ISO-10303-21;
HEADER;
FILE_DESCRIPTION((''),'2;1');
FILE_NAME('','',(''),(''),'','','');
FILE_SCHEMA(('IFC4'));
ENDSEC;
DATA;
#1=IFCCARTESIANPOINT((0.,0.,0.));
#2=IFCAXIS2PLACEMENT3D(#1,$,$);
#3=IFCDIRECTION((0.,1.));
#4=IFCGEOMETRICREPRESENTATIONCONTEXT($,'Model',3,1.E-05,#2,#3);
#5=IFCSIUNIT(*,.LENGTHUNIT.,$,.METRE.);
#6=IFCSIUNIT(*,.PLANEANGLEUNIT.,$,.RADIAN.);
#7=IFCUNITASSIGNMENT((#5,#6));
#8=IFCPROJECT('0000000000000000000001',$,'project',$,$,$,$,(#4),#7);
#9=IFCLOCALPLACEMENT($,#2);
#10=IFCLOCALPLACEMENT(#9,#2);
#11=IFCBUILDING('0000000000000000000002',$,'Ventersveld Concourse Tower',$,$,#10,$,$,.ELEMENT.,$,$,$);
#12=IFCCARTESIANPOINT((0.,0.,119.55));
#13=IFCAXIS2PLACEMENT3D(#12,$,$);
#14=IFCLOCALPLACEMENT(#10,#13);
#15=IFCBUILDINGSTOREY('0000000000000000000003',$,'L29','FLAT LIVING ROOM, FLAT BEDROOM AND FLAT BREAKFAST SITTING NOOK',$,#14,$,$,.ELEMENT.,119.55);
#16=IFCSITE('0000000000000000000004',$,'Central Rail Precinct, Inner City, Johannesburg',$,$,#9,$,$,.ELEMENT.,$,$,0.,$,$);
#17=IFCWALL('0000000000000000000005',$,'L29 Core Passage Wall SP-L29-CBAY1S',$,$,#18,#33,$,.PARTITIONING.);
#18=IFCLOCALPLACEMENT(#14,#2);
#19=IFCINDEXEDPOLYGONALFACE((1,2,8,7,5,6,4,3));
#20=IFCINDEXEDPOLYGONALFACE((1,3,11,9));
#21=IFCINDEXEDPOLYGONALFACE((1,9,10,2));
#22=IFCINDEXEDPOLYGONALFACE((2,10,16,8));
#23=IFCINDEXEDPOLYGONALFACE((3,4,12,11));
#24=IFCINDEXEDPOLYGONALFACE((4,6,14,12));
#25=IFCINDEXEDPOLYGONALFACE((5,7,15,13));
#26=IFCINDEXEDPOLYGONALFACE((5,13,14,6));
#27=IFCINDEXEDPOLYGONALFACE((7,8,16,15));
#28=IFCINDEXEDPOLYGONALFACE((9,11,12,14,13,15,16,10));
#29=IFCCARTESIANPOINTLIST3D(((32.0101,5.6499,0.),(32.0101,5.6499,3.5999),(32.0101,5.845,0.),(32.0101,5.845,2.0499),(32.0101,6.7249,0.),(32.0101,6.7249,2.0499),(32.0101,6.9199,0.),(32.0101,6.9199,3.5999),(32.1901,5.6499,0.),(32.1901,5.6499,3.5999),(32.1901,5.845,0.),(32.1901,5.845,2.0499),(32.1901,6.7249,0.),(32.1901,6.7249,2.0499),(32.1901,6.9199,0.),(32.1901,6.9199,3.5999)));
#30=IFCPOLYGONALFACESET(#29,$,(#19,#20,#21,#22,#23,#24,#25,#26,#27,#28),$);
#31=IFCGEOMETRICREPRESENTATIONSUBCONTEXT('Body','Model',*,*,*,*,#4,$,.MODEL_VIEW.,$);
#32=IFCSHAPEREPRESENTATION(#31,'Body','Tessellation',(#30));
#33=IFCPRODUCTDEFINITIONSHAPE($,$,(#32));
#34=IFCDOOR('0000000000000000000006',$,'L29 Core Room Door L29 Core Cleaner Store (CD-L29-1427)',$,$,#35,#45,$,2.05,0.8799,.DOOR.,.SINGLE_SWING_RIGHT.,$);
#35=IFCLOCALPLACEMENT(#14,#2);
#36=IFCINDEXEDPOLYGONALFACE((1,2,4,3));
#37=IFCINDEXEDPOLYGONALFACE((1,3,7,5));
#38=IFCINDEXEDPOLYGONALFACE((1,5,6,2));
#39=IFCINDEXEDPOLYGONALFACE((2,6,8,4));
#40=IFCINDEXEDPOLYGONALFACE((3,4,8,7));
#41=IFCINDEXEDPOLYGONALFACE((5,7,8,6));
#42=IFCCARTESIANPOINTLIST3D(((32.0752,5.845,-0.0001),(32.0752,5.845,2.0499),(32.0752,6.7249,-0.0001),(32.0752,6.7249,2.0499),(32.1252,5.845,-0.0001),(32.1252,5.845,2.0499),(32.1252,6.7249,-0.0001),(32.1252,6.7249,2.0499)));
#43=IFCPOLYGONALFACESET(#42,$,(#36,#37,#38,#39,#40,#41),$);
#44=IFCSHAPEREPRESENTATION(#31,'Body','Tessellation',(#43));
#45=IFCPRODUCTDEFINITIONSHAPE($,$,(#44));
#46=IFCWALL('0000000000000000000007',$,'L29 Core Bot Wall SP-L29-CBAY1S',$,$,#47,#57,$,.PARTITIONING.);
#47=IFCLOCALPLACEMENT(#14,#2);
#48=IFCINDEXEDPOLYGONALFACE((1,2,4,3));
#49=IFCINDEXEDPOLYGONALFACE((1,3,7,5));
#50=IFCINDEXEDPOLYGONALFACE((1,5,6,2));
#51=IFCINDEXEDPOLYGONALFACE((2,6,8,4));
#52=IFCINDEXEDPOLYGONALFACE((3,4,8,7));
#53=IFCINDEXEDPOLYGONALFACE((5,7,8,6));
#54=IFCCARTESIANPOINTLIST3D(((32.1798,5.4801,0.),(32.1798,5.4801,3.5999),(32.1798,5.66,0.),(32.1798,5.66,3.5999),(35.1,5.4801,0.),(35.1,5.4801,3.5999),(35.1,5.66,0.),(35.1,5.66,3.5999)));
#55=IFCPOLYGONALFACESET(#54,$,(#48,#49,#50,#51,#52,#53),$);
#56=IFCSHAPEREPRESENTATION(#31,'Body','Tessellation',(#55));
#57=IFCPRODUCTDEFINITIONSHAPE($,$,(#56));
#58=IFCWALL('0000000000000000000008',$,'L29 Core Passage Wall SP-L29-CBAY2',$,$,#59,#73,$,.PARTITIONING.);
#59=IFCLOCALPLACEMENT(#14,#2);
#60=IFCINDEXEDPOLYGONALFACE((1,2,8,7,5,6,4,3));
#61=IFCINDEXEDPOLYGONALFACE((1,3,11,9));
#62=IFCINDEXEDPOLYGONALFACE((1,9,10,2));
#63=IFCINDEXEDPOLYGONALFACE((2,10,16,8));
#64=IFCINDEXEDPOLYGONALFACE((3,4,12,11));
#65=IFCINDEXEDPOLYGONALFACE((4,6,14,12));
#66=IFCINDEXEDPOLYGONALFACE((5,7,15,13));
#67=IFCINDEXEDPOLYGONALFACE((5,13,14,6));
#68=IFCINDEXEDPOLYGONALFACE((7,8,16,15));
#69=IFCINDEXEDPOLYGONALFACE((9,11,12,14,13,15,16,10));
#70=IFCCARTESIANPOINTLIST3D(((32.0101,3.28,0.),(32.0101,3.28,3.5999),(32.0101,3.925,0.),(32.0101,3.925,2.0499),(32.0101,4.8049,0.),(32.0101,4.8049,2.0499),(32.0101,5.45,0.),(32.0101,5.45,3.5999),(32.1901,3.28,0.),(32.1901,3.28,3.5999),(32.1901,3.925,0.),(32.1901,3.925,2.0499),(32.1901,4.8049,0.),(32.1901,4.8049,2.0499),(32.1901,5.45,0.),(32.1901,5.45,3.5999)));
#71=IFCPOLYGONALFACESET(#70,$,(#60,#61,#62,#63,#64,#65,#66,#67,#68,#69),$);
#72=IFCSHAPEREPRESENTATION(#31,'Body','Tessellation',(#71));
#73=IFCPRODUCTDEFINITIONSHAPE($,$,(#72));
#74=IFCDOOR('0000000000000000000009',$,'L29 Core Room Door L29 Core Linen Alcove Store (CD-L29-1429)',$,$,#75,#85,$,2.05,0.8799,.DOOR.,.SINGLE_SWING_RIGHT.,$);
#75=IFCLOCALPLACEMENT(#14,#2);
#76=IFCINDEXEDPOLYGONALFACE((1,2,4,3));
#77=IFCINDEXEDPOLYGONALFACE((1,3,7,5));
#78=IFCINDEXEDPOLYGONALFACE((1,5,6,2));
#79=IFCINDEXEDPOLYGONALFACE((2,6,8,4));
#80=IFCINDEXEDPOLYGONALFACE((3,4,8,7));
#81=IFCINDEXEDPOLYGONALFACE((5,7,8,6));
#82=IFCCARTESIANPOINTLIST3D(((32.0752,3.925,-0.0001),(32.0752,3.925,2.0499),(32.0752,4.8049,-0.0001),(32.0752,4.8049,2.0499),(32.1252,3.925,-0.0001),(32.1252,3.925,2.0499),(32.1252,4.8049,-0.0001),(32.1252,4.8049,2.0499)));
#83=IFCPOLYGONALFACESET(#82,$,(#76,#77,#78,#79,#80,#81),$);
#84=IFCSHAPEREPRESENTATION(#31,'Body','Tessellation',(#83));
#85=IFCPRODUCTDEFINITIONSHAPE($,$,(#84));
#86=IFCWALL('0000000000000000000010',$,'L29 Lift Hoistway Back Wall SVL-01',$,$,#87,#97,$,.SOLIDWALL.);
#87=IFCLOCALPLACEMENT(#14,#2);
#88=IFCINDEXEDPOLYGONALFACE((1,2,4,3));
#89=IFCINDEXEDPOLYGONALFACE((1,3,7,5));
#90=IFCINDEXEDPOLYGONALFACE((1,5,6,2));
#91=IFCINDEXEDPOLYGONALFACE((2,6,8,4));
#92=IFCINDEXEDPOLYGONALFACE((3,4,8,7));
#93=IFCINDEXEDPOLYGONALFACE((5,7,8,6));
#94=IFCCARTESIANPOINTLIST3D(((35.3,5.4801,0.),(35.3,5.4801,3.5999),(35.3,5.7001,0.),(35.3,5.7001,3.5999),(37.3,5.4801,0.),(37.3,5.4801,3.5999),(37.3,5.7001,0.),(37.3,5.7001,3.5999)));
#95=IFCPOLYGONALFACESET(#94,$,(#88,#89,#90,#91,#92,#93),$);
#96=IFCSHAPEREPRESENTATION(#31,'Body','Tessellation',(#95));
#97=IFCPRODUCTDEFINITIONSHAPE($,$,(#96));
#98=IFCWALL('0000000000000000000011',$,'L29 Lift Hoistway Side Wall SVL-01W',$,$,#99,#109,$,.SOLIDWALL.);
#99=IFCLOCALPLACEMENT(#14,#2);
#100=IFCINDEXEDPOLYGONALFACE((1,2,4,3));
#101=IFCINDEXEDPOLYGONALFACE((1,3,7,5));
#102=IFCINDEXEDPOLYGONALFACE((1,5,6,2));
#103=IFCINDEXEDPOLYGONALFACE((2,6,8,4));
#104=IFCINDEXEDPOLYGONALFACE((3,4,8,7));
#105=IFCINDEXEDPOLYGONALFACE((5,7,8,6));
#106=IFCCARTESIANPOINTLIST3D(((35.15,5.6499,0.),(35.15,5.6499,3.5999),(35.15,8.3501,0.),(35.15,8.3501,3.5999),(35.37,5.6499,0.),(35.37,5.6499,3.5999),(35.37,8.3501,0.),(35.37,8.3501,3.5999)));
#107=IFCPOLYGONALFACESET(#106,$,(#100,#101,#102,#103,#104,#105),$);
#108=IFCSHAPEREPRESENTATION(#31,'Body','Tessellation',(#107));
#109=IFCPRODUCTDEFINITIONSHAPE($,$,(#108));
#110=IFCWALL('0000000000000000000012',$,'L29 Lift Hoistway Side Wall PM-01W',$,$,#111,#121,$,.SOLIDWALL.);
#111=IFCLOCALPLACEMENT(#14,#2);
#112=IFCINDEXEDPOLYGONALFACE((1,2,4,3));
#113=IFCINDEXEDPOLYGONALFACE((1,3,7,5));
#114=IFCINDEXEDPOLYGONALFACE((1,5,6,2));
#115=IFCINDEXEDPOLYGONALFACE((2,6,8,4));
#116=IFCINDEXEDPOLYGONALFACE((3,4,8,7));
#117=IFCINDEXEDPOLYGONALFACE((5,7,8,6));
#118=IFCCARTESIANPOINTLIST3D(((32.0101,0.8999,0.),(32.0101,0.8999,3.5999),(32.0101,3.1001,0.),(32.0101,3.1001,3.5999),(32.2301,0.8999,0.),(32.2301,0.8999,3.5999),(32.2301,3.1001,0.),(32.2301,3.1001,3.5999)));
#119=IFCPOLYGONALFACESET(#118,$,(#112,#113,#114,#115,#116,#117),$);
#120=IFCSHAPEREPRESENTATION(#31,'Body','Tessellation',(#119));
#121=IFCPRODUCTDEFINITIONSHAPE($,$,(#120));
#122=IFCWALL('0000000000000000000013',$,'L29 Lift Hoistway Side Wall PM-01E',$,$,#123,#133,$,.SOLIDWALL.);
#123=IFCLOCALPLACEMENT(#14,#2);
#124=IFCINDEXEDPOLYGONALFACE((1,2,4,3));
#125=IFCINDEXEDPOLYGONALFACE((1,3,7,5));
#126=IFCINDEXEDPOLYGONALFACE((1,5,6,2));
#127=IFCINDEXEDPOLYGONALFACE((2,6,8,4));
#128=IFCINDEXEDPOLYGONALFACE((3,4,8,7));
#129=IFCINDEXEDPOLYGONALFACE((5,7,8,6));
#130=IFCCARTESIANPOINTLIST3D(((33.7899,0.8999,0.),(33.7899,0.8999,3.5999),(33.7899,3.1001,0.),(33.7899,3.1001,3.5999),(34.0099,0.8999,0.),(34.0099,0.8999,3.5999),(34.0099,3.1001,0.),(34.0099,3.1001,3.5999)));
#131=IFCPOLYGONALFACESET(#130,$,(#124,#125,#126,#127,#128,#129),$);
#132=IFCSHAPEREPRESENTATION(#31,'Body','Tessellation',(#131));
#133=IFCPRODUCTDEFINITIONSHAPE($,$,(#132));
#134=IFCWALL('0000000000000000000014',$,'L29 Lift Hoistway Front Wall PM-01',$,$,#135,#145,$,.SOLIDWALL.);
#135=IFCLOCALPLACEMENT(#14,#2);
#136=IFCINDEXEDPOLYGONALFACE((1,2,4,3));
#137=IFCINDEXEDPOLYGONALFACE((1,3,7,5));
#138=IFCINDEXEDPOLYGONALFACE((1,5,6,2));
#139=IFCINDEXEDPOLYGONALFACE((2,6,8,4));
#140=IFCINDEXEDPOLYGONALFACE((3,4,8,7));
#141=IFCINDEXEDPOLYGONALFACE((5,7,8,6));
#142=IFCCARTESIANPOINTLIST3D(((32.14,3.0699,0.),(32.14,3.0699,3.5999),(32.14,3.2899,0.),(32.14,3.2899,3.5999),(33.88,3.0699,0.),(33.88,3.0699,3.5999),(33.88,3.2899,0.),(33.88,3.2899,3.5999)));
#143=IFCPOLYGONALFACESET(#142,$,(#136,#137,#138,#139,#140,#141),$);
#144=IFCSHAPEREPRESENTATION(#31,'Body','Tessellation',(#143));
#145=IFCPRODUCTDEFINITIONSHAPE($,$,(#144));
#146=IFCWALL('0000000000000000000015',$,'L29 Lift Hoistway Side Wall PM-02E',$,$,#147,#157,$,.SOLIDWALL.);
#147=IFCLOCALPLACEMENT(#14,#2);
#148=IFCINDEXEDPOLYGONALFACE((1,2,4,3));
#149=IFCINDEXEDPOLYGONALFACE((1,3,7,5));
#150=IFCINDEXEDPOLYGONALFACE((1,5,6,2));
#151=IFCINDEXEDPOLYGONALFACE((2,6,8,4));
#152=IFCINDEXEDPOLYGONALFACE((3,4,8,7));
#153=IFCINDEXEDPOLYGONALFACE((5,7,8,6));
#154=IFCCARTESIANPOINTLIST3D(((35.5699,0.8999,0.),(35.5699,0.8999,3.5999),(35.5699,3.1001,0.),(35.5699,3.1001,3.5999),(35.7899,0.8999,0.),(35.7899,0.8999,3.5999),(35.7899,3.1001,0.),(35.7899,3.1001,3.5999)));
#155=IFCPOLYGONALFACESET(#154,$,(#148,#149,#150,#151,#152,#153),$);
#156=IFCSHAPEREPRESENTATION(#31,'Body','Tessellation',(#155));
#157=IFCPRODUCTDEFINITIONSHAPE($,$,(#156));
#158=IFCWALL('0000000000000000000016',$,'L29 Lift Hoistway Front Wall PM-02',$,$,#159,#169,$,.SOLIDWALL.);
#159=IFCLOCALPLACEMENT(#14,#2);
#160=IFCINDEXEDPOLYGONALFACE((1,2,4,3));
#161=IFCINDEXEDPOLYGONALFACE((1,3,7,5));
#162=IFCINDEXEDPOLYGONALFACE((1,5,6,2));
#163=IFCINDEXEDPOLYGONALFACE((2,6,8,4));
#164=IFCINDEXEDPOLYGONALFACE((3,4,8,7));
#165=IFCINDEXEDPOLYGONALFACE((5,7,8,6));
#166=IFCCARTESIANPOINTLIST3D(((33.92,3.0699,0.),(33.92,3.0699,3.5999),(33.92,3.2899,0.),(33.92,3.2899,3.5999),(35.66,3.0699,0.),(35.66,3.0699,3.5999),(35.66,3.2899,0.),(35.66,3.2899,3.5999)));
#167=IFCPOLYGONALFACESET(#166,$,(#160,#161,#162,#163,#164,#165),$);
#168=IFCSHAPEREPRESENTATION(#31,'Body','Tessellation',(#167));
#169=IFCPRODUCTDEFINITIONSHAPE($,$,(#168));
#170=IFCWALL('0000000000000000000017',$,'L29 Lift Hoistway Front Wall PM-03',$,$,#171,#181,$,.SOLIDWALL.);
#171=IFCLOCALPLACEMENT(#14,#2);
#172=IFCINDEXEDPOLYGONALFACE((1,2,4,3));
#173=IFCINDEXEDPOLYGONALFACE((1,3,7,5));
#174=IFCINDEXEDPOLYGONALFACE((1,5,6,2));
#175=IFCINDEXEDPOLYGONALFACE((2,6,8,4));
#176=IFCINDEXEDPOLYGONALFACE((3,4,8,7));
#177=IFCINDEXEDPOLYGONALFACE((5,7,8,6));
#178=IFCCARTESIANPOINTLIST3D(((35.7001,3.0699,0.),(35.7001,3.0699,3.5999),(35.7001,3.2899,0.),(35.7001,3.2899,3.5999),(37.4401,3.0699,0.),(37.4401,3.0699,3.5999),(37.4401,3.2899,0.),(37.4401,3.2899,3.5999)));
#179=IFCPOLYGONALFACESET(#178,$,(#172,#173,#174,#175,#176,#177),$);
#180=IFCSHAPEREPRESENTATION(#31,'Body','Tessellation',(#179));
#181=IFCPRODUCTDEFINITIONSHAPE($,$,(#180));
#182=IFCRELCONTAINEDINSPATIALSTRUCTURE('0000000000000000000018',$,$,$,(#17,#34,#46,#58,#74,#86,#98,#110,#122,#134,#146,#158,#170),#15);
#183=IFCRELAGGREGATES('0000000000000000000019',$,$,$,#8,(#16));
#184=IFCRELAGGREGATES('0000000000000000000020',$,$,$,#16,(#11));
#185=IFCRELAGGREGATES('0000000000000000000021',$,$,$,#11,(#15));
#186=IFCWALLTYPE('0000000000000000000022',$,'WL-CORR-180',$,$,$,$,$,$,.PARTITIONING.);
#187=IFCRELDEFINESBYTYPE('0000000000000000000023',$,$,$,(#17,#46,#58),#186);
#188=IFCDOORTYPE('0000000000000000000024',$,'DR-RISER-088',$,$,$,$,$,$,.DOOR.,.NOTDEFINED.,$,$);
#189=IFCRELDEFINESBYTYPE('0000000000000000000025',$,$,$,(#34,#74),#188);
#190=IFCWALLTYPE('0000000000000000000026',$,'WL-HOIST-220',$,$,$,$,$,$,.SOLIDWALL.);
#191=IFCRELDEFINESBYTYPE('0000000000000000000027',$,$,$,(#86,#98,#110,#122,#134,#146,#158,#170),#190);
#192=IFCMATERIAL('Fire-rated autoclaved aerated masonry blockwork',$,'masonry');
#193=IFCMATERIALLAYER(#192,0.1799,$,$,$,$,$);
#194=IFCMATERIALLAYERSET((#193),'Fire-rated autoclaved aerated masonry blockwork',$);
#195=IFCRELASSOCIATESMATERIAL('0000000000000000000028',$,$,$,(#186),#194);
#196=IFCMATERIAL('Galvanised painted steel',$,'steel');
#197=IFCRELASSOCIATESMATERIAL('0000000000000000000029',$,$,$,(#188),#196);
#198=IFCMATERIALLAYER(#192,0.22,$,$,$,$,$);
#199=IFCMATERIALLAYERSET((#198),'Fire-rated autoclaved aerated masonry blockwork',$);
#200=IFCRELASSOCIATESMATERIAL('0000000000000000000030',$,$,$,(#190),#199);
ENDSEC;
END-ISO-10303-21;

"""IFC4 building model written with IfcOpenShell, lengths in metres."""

from ifc_helpers import new_model, si_unit, direction, frame, frame_2d, origin, place, context, subcontext, project, spatial, rectangle, extrude, material, layer, layer_set, type_object, element, fill, save


model = new_model("IFC4")

# Units and contexts
model_context = context("Model", 3, precision=1e-05, world=origin(), true_north=direction((0.0, 1.0)))
body_context = subcontext(model_context, "Body", "Model", "MODEL_VIEW")
ifc_project = project(units=[si_unit("LENGTHUNIT", "METRE"), si_unit("PLANEANGLEUNIT", "RADIAN")], contexts=[model_context])

# Site, building, storey
site_placement = place(None, origin())
site = spatial("IfcSite", under=ifc_project, at=site_placement, Name="Central Rail Precinct, Inner City, Johannesburg", CompositionType="ELEMENT", RefElevation=0.0)
building_placement = place(site_placement, origin())
building = spatial("IfcBuilding", under=site, at=building_placement, Name="Ventersveld Concourse Tower", CompositionType="ELEMENT")
storey_placement = place(building_placement, frame((0.0, 0.0, 119.55)))
storey = spatial("IfcBuildingStorey", under=building, at=storey_placement, Name="L29", Description="FLAT LIVING ROOM, FLAT BEDROOM AND FLAT BREAKFAST SITTING NOOK", CompositionType="ELEMENT", Elevation=119.55)

# Wall, opening, door
ifc_material_1 = material(Name="Fire-rated autoclaved aerated masonry blockwork", Category="masonry")
ifc_layer_1 = layer(ifc_material_1, 0.1799)
ifc_layer_set_1 = layer_set([ifc_layer_1], Name="Fire-rated autoclaved aerated masonry blockwork")
wall_type_1 = type_object("IfcWallType", Name="WL-CORR-180", PredefinedType="PARTITIONING", material=ifc_layer_set_1)
wall_1_placement = place(storey_placement, frame((32.1001, 5.6499, 0.0), z_axis=(0.0, 0.0, 1.0), x_axis=(0.0, 1.0, 0.0)))
wall_1 = element("IfcWall", 1, at=wall_1_placement, inside=storey, type_object=wall_type_1, Name="L29 Core Passage Wall SP-L29-CBAY1S", PredefinedType="PARTITIONING", context=body_context, shape_type="SweptSolid", body=[
    extrude(rectangle(XDim=1.27, YDim=0.1799, at=frame_2d((0.635, 0.0))), origin(), (0.0, 0.0, 1.0), 3.5999),
])
opening_1_placement = place(wall_1_placement, frame((0.1951, 0.0, 0.0)))
opening_1 = element("IfcOpeningElement", 2, at=opening_1_placement, cuts=wall_1, PredefinedType="OPENING", context=body_context, shape_type="SweptSolid", body=[
    extrude(rectangle(XDim=0.8799, YDim=2.05, at=frame_2d((0.4399, 1.0249))), frame((0.0, 0.1001, 0.0), z_axis=(0.0, -1.0, 0.0), x_axis=(1.0, 0.0, 0.0)), (0.0, 0.0, 1.0), 0.2),
])
ifc_material_2 = material(Name="Galvanised painted steel", Category="steel")
door_type = type_object("IfcDoorType", Name="DR-RISER-088", OperationType="NOTDEFINED", PredefinedType="DOOR", material=ifc_material_2)
door_1_placement = place(opening_1_placement, origin())
door_1 = element("IfcDoor", 3, at=door_1_placement, inside=storey, type_object=door_type, Name="L29 Core Room Door L29 Core Cleaner Store (CD-L29-1427)", OperationType="SINGLE_SWING_RIGHT", OverallHeight=2.05, OverallWidth=0.8799, PredefinedType="DOOR", context=body_context, shape_type="SweptSolid", body=[
    extrude(rectangle(XDim=0.8799, YDim=2.05, at=frame_2d((0.4399, 1.0249))), frame((0.0, 0.0249, 0.0), z_axis=(0.0, -1.0, 0.0), x_axis=(1.0, 0.0, 0.0)), (0.0, 0.0, 1.0), 0.05),
])
fill(opening_1, door_1)

# Wall
wall_2_placement = place(storey_placement, frame((32.1799, 5.5701, 0.0), z_axis=(0.0, 0.0, 1.0), x_axis=(1.0, 0.0, 0.0)))
element("IfcWall", 4, at=wall_2_placement, inside=storey, type_object=wall_type_1, Name="L29 Core Bot Wall SP-L29-CBAY1S", PredefinedType="PARTITIONING", context=body_context, shape_type="SweptSolid", body=[
    extrude(rectangle(XDim=2.9202, YDim=0.1799, at=frame_2d((1.46, 0.0))), origin(), (0.0, 0.0, 1.0), 3.5999),
])

# Wall, opening, door
wall_3_placement = place(storey_placement, frame((32.1001, 3.28, 0.0), z_axis=(0.0, 0.0, 1.0), x_axis=(0.0, 1.0, 0.0)))
wall_3 = element("IfcWall", 5, at=wall_3_placement, inside=storey, type_object=wall_type_1, Name="L29 Core Passage Wall SP-L29-CBAY2", PredefinedType="PARTITIONING", context=body_context, shape_type="SweptSolid", body=[
    extrude(rectangle(XDim=2.1699, YDim=0.1799, at=frame_2d((1.085, 0.0))), origin(), (0.0, 0.0, 1.0), 3.5999),
])
opening_2_placement = place(wall_3_placement, frame((0.645, 0.0, 0.0)))
opening_2 = element("IfcOpeningElement", 6, at=opening_2_placement, cuts=wall_3, PredefinedType="OPENING", context=body_context, shape_type="SweptSolid", body=[
    extrude(rectangle(XDim=0.8799, YDim=2.05, at=frame_2d((0.4399, 1.0249))), frame((0.0, 0.1001, 0.0), z_axis=(0.0, -1.0, 0.0), x_axis=(1.0, 0.0, 0.0)), (0.0, 0.0, 1.0), 0.2),
])
door_2_placement = place(opening_2_placement, origin())
door_2 = element("IfcDoor", 7, at=door_2_placement, inside=storey, type_object=door_type, Name="L29 Core Room Door L29 Core Linen Alcove Store (CD-L29-1429)", OperationType="SINGLE_SWING_RIGHT", OverallHeight=2.05, OverallWidth=0.8799, PredefinedType="DOOR", context=body_context, shape_type="SweptSolid", body=[
    extrude(rectangle(XDim=0.8799, YDim=2.05, at=frame_2d((0.4399, 1.0249))), frame((0.0, 0.0249, 0.0), z_axis=(0.0, -1.0, 0.0), x_axis=(1.0, 0.0, 0.0)), (0.0, 0.0, 1.0), 0.05),
])
fill(opening_2, door_2)

# Walls
ifc_layer_2 = layer(ifc_material_1, 0.22)
ifc_layer_set_2 = layer_set([ifc_layer_2], Name="Fire-rated autoclaved aerated masonry blockwork")
wall_type_2 = type_object("IfcWallType", Name="WL-HOIST-220", PredefinedType="SOLIDWALL", material=ifc_layer_set_2)
wall_4_placement = place(storey_placement, frame((35.3, 5.5901, 0.0), z_axis=(0.0, 0.0, 1.0), x_axis=(1.0, 0.0, 0.0)))
element("IfcWall", 8, at=wall_4_placement, inside=storey, type_object=wall_type_2, Name="L29 Lift Hoistway Back Wall SVL-01", PredefinedType="SOLIDWALL", context=body_context, shape_type="SweptSolid", body=[
    extrude(rectangle(XDim=2.0, YDim=0.22, at=frame_2d((1.0, 0.0))), origin(), (0.0, 0.0, 1.0), 3.5999),
])
wall_5_placement = place(storey_placement, frame((35.26, 5.6499, 0.0), z_axis=(0.0, 0.0, 1.0), x_axis=(0.0, 1.0, 0.0)))
element("IfcWall", 9, at=wall_5_placement, inside=storey, type_object=wall_type_2, Name="L29 Lift Hoistway Side Wall SVL-01W", PredefinedType="SOLIDWALL", context=body_context, shape_type="SweptSolid", body=[
    extrude(rectangle(XDim=2.7002, YDim=0.22, at=frame_2d((1.3501, 0.0))), origin(), (0.0, 0.0, 1.0), 3.5999),
])
for number, where, z_axis, x_axis, name in (
    (10, (32.1201, 0.8999, 0.0), (0.0, 0.0, 1.0), (0.0, 1.0, 0.0), "L29 Lift Hoistway Side Wall PM-01W"),
    (11, (33.8999, 0.8999, 0.0), (0.0, 0.0, 1.0), (0.0, 1.0, 0.0), "L29 Lift Hoistway Side Wall PM-01E"),
):
    element("IfcWall", number, at=place(storey_placement, frame(where, z_axis=z_axis, x_axis=x_axis)), inside=storey, type_object=wall_type_2, Name=name, PredefinedType="SOLIDWALL", context=body_context, shape_type="SweptSolid", body=[
        extrude(rectangle(XDim=2.2002, YDim=0.22, at=frame_2d((1.1001, 0.0))), origin(), (0.0, 0.0, 1.0), 3.5999),
    ])
wall_6_placement = place(storey_placement, frame((32.1399, 3.1799, 0.0), z_axis=(0.0, 0.0, 1.0), x_axis=(1.0, 0.0, 0.0)))
element("IfcWall", 12, at=wall_6_placement, inside=storey, type_object=wall_type_2, Name="L29 Lift Hoistway Front Wall PM-01", PredefinedType="SOLIDWALL", context=body_context, shape_type="SweptSolid", body=[
    extrude(rectangle(XDim=1.74, YDim=0.22, at=frame_2d((0.8701, 0.0))), origin(), (0.0, 0.0, 1.0), 3.5999),
])
wall_7_placement = place(storey_placement, frame((35.6799, 0.8999, 0.0), z_axis=(0.0, 0.0, 1.0), x_axis=(0.0, 1.0, 0.0)))
element("IfcWall", 13, at=wall_7_placement, inside=storey, type_object=wall_type_2, Name="L29 Lift Hoistway Side Wall PM-02E", PredefinedType="SOLIDWALL", context=body_context, shape_type="SweptSolid", body=[
    extrude(rectangle(XDim=2.2002, YDim=0.22, at=frame_2d((1.1001, 0.0))), origin(), (0.0, 0.0, 1.0), 3.5999),
])
for number, where, z_axis, x_axis, name in (
    (14, (33.9199, 3.1799, 0.0), (0.0, 0.0, 1.0), (1.0, 0.0, 0.0), "L29 Lift Hoistway Front Wall PM-02"),
    (15, (35.7, 3.1799, 0.0), (0.0, 0.0, 1.0), (1.0, 0.0, 0.0), "L29 Lift Hoistway Front Wall PM-03"),
):
    element("IfcWall", number, at=place(storey_placement, frame(where, z_axis=z_axis, x_axis=x_axis)), inside=storey, type_object=wall_type_2, Name=name, PredefinedType="SOLIDWALL", context=body_context, shape_type="SweptSolid", body=[
        extrude(rectangle(XDim=1.74, YDim=0.22, at=frame_2d((0.8701, 0.0))), origin(), (0.0, 0.0, 1.0), 3.5999),
    ])

save(model, "model.ifc")
